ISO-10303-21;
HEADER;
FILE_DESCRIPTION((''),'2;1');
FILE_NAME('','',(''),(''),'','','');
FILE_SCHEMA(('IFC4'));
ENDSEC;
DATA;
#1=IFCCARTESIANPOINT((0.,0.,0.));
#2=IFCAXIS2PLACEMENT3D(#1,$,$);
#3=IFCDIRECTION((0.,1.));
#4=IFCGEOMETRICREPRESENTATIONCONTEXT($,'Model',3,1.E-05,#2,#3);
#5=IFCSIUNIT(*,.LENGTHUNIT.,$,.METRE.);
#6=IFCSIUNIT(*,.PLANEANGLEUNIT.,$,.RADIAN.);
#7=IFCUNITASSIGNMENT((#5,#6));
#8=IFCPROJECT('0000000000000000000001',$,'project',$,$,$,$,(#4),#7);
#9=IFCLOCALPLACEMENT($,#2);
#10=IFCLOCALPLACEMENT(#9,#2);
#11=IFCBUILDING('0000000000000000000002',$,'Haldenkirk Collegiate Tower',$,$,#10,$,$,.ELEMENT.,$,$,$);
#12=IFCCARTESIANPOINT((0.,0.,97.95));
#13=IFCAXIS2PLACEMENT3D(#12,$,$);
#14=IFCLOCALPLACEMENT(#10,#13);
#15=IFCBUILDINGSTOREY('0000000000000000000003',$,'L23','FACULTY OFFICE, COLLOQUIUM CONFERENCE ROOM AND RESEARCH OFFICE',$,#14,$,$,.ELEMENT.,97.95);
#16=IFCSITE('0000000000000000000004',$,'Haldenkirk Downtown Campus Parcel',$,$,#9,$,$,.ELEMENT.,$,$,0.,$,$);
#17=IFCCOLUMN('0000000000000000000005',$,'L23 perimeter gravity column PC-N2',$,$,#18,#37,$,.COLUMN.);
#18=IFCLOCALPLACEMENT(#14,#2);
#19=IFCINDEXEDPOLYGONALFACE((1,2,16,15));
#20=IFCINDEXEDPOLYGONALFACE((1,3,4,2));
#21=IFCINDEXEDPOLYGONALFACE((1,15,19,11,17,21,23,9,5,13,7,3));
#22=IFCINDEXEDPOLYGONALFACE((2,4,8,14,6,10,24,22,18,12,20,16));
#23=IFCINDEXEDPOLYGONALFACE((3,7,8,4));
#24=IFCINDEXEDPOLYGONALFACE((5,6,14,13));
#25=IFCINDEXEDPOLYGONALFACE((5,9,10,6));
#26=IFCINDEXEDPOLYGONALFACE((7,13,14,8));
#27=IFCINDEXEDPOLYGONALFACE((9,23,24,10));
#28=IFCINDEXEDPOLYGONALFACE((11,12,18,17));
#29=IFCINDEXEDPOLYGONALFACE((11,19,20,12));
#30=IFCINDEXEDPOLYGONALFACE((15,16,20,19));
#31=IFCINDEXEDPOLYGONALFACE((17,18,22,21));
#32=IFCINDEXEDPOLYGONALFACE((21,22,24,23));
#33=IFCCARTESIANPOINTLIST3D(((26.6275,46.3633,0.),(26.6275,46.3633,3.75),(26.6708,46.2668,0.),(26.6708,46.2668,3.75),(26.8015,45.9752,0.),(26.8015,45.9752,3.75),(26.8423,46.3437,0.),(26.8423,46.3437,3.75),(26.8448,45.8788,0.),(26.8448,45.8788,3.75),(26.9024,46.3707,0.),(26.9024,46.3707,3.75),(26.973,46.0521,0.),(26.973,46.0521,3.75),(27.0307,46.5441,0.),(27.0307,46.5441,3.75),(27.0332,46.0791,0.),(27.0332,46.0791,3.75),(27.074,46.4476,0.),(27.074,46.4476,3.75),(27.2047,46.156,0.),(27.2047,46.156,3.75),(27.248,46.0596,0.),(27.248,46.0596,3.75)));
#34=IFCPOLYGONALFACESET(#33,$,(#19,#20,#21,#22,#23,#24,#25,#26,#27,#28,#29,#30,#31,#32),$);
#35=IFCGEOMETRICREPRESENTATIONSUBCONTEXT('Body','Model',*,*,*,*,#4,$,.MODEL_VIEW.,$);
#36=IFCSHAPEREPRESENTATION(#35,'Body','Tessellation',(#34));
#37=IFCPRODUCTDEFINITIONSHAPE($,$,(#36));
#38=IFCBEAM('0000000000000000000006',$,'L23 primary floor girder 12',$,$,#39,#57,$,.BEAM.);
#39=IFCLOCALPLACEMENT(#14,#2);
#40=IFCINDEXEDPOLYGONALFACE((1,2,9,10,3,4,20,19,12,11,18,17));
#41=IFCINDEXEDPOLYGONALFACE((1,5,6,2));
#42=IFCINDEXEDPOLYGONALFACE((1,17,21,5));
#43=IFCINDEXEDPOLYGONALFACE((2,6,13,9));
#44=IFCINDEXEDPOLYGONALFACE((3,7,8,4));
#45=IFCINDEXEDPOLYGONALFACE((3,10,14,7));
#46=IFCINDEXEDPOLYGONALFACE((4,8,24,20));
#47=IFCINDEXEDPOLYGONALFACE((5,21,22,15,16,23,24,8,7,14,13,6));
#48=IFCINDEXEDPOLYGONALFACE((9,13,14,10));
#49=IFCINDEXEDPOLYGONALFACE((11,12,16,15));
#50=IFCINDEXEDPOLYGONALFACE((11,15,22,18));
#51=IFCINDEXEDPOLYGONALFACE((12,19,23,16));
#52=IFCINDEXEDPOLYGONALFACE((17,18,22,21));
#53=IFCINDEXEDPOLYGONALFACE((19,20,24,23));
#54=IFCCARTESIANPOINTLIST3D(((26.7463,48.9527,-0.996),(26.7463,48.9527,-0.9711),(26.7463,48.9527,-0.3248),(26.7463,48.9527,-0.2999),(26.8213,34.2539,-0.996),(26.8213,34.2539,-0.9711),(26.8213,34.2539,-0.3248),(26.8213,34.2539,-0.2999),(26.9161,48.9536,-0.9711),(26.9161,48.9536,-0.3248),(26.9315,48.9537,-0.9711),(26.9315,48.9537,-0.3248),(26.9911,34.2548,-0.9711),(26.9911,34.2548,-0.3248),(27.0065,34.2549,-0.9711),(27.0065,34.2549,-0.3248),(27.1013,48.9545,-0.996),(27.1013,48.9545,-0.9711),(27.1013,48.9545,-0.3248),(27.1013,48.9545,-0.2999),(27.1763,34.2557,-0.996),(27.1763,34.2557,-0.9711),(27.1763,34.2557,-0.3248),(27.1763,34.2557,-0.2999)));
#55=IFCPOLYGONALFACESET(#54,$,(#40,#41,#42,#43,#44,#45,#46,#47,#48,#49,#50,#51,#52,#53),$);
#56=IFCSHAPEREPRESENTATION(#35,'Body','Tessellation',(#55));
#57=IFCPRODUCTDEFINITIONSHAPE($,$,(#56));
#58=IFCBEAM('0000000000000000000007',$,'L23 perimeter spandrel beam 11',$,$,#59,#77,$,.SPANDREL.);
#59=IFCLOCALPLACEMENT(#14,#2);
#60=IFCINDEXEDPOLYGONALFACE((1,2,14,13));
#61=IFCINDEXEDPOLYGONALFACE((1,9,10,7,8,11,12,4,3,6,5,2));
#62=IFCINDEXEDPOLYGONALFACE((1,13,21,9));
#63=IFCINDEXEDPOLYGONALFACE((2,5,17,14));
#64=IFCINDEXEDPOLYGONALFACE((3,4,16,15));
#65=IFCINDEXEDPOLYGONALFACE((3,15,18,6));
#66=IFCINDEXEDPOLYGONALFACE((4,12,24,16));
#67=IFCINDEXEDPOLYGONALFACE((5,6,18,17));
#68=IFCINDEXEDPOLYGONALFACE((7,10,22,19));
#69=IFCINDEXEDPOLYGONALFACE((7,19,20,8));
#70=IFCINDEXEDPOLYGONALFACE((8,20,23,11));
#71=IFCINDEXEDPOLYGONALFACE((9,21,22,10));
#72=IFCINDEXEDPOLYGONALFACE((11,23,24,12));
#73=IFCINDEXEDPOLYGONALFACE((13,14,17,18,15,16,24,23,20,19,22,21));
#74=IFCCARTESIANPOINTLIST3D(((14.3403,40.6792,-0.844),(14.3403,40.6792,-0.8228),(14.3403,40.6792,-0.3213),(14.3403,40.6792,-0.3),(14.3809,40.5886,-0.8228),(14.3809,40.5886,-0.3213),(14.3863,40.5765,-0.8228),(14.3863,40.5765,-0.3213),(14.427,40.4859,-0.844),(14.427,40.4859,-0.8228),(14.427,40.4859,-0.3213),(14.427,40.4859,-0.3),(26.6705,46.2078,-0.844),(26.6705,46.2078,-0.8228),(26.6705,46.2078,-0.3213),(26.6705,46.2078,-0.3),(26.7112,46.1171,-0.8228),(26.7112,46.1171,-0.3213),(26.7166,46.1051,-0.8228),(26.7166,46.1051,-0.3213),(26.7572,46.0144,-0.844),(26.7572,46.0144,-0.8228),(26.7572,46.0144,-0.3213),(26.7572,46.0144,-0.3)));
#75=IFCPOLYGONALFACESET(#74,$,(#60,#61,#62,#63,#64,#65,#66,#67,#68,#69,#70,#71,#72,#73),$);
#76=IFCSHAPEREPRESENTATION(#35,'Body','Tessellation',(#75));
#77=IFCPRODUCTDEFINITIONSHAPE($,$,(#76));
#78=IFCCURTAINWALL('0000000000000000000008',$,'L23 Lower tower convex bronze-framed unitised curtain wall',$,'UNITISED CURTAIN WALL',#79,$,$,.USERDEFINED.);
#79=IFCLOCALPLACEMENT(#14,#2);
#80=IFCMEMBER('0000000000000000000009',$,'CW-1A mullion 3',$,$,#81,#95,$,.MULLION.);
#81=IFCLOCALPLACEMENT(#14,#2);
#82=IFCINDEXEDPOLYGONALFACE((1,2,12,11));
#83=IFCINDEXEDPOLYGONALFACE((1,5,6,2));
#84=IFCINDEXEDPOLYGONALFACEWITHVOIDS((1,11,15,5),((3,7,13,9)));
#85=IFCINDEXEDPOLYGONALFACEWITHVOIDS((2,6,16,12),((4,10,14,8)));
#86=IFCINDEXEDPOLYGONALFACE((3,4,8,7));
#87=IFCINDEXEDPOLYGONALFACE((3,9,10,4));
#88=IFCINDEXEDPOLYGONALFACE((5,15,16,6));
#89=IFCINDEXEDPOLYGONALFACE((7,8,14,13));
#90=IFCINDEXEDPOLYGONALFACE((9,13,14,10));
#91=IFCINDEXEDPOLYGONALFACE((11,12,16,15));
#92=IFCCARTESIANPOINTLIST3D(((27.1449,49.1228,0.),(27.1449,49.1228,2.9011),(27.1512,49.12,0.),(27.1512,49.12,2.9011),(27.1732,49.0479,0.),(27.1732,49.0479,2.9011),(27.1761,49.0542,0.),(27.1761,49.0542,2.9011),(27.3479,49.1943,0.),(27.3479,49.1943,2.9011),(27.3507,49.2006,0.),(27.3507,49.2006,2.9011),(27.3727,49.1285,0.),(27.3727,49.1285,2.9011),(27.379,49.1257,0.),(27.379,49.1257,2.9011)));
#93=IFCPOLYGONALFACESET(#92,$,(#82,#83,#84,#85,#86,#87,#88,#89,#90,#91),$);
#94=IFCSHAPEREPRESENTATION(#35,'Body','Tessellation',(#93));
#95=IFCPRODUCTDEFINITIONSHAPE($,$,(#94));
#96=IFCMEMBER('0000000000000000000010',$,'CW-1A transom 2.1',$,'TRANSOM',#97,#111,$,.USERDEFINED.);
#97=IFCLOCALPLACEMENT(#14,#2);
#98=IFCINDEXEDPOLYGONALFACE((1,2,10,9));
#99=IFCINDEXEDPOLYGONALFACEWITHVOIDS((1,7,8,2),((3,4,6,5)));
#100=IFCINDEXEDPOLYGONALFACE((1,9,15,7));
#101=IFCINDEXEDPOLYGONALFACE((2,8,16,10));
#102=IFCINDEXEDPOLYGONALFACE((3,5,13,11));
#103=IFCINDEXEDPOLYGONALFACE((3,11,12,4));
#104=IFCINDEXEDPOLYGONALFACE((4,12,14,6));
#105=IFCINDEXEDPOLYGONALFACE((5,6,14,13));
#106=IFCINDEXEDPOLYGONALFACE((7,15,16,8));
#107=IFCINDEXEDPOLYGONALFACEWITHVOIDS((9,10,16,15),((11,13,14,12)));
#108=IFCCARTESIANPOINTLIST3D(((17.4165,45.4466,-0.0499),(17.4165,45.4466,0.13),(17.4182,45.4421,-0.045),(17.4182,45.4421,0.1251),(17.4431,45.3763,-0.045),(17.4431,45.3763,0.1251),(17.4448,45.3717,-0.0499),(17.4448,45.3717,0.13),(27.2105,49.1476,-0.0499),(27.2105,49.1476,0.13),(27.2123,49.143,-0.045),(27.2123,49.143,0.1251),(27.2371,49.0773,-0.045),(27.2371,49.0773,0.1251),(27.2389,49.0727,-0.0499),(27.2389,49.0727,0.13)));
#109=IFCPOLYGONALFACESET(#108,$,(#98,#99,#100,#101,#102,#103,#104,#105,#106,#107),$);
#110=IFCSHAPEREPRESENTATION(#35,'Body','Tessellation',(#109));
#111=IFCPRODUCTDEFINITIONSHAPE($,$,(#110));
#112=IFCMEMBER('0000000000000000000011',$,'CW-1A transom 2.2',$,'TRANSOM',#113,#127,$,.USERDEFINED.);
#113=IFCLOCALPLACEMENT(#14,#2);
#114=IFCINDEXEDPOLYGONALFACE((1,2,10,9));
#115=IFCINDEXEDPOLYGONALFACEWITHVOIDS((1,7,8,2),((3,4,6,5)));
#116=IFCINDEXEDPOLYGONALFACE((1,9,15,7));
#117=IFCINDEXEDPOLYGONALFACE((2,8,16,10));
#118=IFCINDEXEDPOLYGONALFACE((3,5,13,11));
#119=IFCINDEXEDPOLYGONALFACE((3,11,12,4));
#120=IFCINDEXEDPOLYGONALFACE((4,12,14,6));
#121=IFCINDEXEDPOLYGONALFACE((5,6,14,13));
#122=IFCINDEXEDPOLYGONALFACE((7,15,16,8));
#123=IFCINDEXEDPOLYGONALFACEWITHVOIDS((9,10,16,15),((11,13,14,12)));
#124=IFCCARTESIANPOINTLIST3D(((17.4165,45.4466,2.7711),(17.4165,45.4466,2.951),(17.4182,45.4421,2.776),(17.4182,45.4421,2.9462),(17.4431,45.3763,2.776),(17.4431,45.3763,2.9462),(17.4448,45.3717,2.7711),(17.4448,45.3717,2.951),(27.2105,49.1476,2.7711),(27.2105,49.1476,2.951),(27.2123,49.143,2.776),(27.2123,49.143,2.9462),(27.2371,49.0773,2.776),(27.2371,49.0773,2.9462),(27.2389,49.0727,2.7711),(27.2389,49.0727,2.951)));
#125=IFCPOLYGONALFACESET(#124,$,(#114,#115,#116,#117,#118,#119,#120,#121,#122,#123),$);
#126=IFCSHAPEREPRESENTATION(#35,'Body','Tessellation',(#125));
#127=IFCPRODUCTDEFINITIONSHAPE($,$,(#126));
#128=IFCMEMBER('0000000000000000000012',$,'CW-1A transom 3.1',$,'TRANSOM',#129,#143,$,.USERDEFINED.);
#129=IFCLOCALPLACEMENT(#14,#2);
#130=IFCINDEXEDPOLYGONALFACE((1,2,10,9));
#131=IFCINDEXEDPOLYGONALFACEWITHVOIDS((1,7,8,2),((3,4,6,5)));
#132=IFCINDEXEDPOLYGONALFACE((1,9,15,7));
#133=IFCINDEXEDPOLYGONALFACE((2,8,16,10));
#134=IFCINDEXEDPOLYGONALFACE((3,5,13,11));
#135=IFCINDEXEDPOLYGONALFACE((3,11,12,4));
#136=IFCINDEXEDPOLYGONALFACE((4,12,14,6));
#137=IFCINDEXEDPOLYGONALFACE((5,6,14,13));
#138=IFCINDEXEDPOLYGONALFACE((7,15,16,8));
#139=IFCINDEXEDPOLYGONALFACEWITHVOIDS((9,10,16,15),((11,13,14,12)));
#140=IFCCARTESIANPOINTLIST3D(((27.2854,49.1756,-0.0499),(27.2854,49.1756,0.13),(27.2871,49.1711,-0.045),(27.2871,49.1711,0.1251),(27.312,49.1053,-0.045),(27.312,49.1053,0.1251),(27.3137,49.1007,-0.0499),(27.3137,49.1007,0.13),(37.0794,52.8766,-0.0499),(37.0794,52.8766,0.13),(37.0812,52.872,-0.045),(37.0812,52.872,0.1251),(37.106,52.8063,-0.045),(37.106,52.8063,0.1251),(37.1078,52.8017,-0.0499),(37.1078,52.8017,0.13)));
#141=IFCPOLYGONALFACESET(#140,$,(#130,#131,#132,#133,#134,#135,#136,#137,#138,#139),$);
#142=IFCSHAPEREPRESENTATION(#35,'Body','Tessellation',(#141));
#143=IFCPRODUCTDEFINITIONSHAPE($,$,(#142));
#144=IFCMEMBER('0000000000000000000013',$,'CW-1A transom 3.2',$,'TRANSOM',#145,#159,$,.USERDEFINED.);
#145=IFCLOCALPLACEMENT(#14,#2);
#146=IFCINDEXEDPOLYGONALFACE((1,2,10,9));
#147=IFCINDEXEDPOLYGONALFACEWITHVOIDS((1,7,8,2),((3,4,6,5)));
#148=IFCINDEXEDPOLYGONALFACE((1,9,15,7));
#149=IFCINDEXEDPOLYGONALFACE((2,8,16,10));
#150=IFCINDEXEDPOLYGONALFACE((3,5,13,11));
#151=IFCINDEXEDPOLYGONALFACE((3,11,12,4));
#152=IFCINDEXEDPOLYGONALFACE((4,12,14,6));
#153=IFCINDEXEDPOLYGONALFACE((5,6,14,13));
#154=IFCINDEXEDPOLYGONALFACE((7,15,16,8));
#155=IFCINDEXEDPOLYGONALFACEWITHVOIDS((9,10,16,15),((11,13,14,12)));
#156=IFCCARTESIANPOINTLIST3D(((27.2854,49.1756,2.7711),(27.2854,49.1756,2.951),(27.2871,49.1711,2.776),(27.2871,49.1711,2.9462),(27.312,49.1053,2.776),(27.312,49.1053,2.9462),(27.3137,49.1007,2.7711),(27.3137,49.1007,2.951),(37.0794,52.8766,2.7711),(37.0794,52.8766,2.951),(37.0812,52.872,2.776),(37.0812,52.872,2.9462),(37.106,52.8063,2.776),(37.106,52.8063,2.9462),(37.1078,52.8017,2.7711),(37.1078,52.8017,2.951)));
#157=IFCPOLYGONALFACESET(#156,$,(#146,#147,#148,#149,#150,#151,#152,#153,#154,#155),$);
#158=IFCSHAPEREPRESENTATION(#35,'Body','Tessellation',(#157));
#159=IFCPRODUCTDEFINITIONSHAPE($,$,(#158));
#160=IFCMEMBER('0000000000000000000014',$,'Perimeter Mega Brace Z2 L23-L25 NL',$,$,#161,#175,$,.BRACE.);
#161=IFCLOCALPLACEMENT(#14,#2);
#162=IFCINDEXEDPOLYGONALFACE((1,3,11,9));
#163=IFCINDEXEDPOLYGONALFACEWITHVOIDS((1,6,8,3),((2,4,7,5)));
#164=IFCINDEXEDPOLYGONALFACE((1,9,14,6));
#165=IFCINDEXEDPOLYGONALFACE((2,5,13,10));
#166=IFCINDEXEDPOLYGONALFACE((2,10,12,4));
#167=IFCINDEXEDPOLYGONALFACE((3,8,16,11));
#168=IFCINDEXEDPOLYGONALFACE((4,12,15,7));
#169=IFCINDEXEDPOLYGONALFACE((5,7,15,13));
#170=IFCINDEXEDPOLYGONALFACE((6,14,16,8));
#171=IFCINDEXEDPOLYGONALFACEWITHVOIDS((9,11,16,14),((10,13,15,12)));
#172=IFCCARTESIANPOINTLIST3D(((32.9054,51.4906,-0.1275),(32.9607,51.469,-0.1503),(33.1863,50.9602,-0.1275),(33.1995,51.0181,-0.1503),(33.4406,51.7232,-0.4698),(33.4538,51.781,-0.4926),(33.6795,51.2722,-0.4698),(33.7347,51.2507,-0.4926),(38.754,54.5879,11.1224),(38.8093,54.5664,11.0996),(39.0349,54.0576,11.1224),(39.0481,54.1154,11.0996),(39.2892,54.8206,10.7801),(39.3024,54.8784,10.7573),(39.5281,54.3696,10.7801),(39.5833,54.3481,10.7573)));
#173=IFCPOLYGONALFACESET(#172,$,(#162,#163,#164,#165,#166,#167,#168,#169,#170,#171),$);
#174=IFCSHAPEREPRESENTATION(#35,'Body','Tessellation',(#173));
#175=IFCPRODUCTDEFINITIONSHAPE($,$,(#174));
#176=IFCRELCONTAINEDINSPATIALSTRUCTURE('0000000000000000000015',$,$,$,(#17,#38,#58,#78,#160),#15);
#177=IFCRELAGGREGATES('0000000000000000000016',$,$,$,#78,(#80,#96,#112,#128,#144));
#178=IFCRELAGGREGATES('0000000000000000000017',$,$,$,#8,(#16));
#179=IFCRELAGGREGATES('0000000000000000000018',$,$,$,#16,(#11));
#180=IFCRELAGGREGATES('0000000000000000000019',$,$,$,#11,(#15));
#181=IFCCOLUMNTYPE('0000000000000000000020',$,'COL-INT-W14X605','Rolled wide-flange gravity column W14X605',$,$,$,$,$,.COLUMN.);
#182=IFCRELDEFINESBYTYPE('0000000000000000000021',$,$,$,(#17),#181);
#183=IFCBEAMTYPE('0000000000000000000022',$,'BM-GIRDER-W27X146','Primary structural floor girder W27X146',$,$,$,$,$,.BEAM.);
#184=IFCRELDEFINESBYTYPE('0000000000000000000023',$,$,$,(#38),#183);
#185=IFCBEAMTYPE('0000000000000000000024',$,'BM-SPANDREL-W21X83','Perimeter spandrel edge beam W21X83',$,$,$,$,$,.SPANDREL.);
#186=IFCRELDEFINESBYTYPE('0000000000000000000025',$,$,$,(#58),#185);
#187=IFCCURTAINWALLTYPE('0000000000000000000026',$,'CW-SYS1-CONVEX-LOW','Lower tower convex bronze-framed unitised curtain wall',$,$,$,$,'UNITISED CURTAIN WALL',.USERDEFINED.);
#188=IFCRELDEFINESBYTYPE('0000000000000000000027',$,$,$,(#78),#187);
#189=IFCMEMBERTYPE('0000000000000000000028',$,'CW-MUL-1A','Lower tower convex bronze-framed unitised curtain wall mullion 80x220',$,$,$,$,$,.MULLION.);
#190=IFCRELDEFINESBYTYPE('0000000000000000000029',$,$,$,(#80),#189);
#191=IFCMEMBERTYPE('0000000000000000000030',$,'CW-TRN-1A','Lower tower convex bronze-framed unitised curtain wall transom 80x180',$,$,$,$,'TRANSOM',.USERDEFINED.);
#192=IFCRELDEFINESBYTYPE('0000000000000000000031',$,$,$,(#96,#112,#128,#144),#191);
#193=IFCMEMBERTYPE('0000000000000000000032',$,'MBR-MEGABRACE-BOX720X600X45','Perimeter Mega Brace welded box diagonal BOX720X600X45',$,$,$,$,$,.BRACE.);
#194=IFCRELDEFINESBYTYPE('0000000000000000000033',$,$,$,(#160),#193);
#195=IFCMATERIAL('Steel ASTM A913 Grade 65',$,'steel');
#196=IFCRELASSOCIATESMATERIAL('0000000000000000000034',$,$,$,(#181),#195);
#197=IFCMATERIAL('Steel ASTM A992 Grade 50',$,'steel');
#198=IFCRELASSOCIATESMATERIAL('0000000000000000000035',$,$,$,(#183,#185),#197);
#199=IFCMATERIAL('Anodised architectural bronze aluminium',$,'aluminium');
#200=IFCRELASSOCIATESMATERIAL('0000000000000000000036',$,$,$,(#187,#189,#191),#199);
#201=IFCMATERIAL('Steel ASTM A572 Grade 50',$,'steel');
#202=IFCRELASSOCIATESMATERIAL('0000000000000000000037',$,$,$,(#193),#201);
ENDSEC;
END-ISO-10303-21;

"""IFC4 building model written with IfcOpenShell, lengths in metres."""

from ifc_helpers import new_model, si_unit, direction, frame, origin, origin_2d, place, context, subcontext, project, spatial, hollow_rectangle, i_section, extrude, material, material_profile, profile_set, type_object, element, aggregate, save


model = new_model("IFC4")

# Units and contexts
model_context = context("Model", 3, precision=1e-05, world=origin(), true_north=direction((0.0, 1.0)))
body_context = subcontext(model_context, "Body", "Model", "MODEL_VIEW")
ifc_project = project(units=[si_unit("LENGTHUNIT", "METRE"), si_unit("PLANEANGLEUNIT", "RADIAN")], contexts=[model_context])

# Site, building, storey
site_placement = place(None, origin())
site = spatial("IfcSite", under=ifc_project, at=site_placement, Name="Haldenkirk Downtown Campus Parcel", CompositionType="ELEMENT", RefElevation=0.0)
building_placement = place(site_placement, origin())
building = spatial("IfcBuilding", under=site, at=building_placement, Name="Haldenkirk Collegiate Tower", CompositionType="ELEMENT")
storey_placement = place(building_placement, frame((0.0, 0.0, 97.95)))
storey = spatial("IfcBuildingStorey", under=building, at=storey_placement, Name="L23", Description="FACULTY OFFICE, COLLOQUIUM CONFERENCE ROOM AND RESEARCH OFFICE", CompositionType="ELEMENT", Elevation=97.95)

# Column
ifc_material_1 = material(Name="Steel ASTM A913 Grade 65", Category="steel")
ifc_material_profile_1 = material_profile(ifc_material_1, i_section(OverallWidth=0.4419, OverallDepth=0.531, WebThickness=0.0659, FlangeThickness=0.1057, at=origin_2d()), Name="W14X605")
ifc_profile_set_1 = profile_set([ifc_material_profile_1], Name="Steel ASTM A913 Grade 65")
column_type = type_object("IfcColumnType", Name="COL-INT-W14X605", Description="Rolled wide-flange gravity column W14X605", PredefinedType="COLUMN", material=ifc_profile_set_1)
column_placement = place(storey_placement, frame((26.9377, 46.2114, 0.0), z_axis=(0.0, 0.0, 1.0), x_axis=(0.912477, 0.409127, 0.0)))
element("IfcColumn", 1, at=column_placement, inside=storey, type_object=column_type, Name="L23 perimeter gravity column PC-N2", PredefinedType="COLUMN", context=body_context, shape_type="SweptSolid", body=[
    extrude(i_section(OverallWidth=0.4419, OverallDepth=0.531, WebThickness=0.0659, FlangeThickness=0.1057, at=origin_2d()), origin(), (0.0, 0.0, 1.0), 3.75),
])

# Beams
ifc_material_2 = material(Name="Steel ASTM A992 Grade 50", Category="steel")
ifc_material_profile_2 = material_profile(ifc_material_2, i_section(OverallWidth=0.355, OverallDepth=0.696, WebThickness=0.0154, FlangeThickness=0.0249, at=origin_2d()), Name="W27X146")
ifc_profile_set_2 = profile_set([ifc_material_profile_2], Name="Steel ASTM A992 Grade 50")
beam_type_1 = type_object("IfcBeamType", Name="BM-GIRDER-W27X146", Description="Primary structural floor girder W27X146", PredefinedType="BEAM", material=ifc_profile_set_2)
beam_1_placement = place(storey_placement, frame((26.9238, 48.9536, -0.6479), z_axis=(0.005099, -0.999987, 0.0), x_axis=(0.999987, 0.005099, 0.0)))
element("IfcBeam", 2, at=beam_1_placement, inside=storey, type_object=beam_type_1, Name="L23 primary floor girder 12", PredefinedType="BEAM", context=body_context, shape_type="SweptSolid", body=[
    extrude(i_section(OverallWidth=0.355, OverallDepth=0.696, WebThickness=0.0154, FlangeThickness=0.0249, at=origin_2d()), origin(), (0.0, 0.0, 1.0), 14.699),
])
ifc_material_profile_3 = material_profile(ifc_material_2, i_section(OverallWidth=0.2119, OverallDepth=0.5439, WebThickness=0.0132, FlangeThickness=0.0212, at=origin_2d()), Name="W21X83")
ifc_profile_set_3 = profile_set([ifc_material_profile_3], Name="Steel ASTM A992 Grade 50")
beam_type_2 = type_object("IfcBeamType", Name="BM-SPANDREL-W21X83", Description="Perimeter spandrel edge beam W21X83", PredefinedType="SPANDREL", material=ifc_profile_set_3)
beam_2_placement = place(storey_placement, frame((26.7139, 46.1111, -0.572), z_axis=(-0.912477, -0.409129, 0.0), x_axis=(0.409129, -0.912477, 0.0)))
element("IfcBeam", 3, at=beam_2_placement, inside=storey, type_object=beam_type_2, Name="L23 perimeter spandrel beam 11", PredefinedType="SPANDREL", context=body_context, shape_type="SweptSolid", body=[
    extrude(i_section(OverallWidth=0.2119, OverallDepth=0.5439, WebThickness=0.0132, FlangeThickness=0.0212, at=origin_2d()), origin(), (0.0, 0.0, 1.0), 13.5129),
])

# Curtain wall, members
ifc_material_3 = material(Name="Anodised architectural bronze aluminium", Category="aluminium")
curtain_wall_type = type_object("IfcCurtainWallType", Name="CW-SYS1-CONVEX-LOW", Description="Lower tower convex bronze-framed unitised curtain wall", ElementType="UNITISED CURTAIN WALL", PredefinedType="USERDEFINED", material=ifc_material_3)
curtain_wall_placement = place(storey_placement, origin())
curtain_wall = element("IfcCurtainWall", 4, at=curtain_wall_placement, inside=storey, type_object=curtain_wall_type, Name="L23 Lower tower convex bronze-framed unitised curtain wall", ObjectType="UNITISED CURTAIN WALL", PredefinedType="USERDEFINED")
ifc_material_profile_4 = material_profile(ifc_material_3, hollow_rectangle(XDim=0.0801, YDim=0.22, WallThickness=0.0049, at=origin_2d()), Name="CW-MUL-1A")
ifc_profile_set_4 = profile_set([ifc_material_profile_4], Name="Anodised architectural bronze aluminium")
member_type_1 = type_object("IfcMemberType", Name="CW-MUL-1A", Description="Lower tower convex bronze-framed unitised curtain wall mullion 80x220", PredefinedType="MULLION", material=ifc_profile_set_4)
member_1_placement = place(storey_placement, frame((27.262, 49.1243, 0.0), z_axis=(0.0, 0.0, 1.0), x_axis=(-0.353476, 0.935443, 0.0)))
member_1 = element("IfcMember", 5, at=member_1_placement, type_object=member_type_1, Name="CW-1A mullion 3", PredefinedType="MULLION", context=body_context, shape_type="SweptSolid", body=[
    extrude(hollow_rectangle(XDim=0.0801, YDim=0.22, WallThickness=0.0049, at=origin_2d()), origin(), (0.0, 0.0, 1.0), 2.9011),
])
ifc_material_profile_5 = material_profile(ifc_material_3, hollow_rectangle(XDim=0.0801, YDim=0.1799, WallThickness=0.0049, at=origin_2d()), Name="CW-TRN-1A")
ifc_profile_set_5 = profile_set([ifc_material_profile_5], Name="Anodised architectural bronze aluminium")
member_type_2 = type_object("IfcMemberType", Name="CW-TRN-1A", Description="Lower tower convex bronze-framed unitised curtain wall transom 80x180", ElementType="TRANSOM", PredefinedType="USERDEFINED", material=ifc_profile_set_5)
member_2_placement = place(storey_placement, frame((17.4307, 45.4092, 0.04), z_axis=(0.935441, 0.353484, 0.0), x_axis=(-0.353484, 0.935441, 0.0)))
member_2 = element("IfcMember", 6, at=member_2_placement, type_object=member_type_2, Name="CW-1A transom 2.1", ObjectType="TRANSOM", PredefinedType="USERDEFINED", context=body_context, shape_type="SweptSolid", body=[
    extrude(hollow_rectangle(XDim=0.0801, YDim=0.1799, WallThickness=0.0049, at=origin_2d()), origin(), (0.0, 0.0, 1.0), 10.47),
])
member_3_placement = place(storey_placement, frame((17.4307, 45.4092, 2.8611), z_axis=(0.935441, 0.353484, 0.0), x_axis=(-0.353484, 0.935441, 0.0)))
member_3 = element("IfcMember", 7, at=member_3_placement, type_object=member_type_2, Name="CW-1A transom 2.2", ObjectType="TRANSOM", PredefinedType="USERDEFINED", context=body_context, shape_type="SweptSolid", body=[
    extrude(hollow_rectangle(XDim=0.0801, YDim=0.1799, WallThickness=0.0049, at=origin_2d()), origin(), (0.0, 0.0, 1.0), 10.47),
])
member_4_placement = place(storey_placement, frame((27.2996, 49.1382, 0.04), z_axis=(0.935441, 0.353484, 0.0), x_axis=(-0.353484, 0.935441, 0.0)))
member_4 = element("IfcMember", 8, at=member_4_placement, type_object=member_type_2, Name="CW-1A transom 3.1", ObjectType="TRANSOM", PredefinedType="USERDEFINED", context=body_context, shape_type="SweptSolid", body=[
    extrude(hollow_rectangle(XDim=0.0801, YDim=0.1799, WallThickness=0.0049, at=origin_2d()), origin(), (0.0, 0.0, 1.0), 10.47),
])
member_5_placement = place(storey_placement, frame((27.2996, 49.1382, 2.8611), z_axis=(0.935441, 0.353484, 0.0), x_axis=(-0.353484, 0.935441, 0.0)))
member_5 = element("IfcMember", 9, at=member_5_placement, type_object=member_type_2, Name="CW-1A transom 3.2", ObjectType="TRANSOM", PredefinedType="USERDEFINED", context=body_context, shape_type="SweptSolid", body=[
    extrude(hollow_rectangle(XDim=0.0801, YDim=0.1799, WallThickness=0.0049, at=origin_2d()), origin(), (0.0, 0.0, 1.0), 10.47),
])

# Member
ifc_material_4 = material(Name="Steel ASTM A572 Grade 50", Category="steel")
ifc_material_profile_6 = material_profile(ifc_material_4, hollow_rectangle(XDim=0.6001, YDim=0.72, WallThickness=0.0449, at=origin_2d()), Name="BOX720X600X45")
ifc_profile_set_6 = profile_set([ifc_material_profile_6], Name="Steel ASTM A572 Grade 50")
member_type_3 = type_object("IfcMemberType", Name="MBR-MEGABRACE-BOX720X600X45", Description="Perimeter Mega Brace welded box diagonal BOX720X600X45", PredefinedType="BRACE", material=ifc_profile_set_6)
member_6_placement = place(storey_placement, frame((33.3201, 51.3706, -0.3101), z_axis=(0.448092, 0.237307, 0.861916), x_axis=(-0.468015, 0.883721, 0.0)))
element("IfcMember", 10, at=member_6_placement, inside=storey, type_object=member_type_3, Name="Perimeter Mega Brace Z2 L23-L25 NL", PredefinedType="BRACE", context=body_context, shape_type="SweptSolid", body=[
    extrude(hollow_rectangle(XDim=0.6001, YDim=0.72, WallThickness=0.0449, at=origin_2d()), origin(), (0.0, 0.0, 1.0), 13.0522),
])

aggregate(curtain_wall, [member_1, member_2, member_3, member_4, member_5])

save(model, "model.ifc")
